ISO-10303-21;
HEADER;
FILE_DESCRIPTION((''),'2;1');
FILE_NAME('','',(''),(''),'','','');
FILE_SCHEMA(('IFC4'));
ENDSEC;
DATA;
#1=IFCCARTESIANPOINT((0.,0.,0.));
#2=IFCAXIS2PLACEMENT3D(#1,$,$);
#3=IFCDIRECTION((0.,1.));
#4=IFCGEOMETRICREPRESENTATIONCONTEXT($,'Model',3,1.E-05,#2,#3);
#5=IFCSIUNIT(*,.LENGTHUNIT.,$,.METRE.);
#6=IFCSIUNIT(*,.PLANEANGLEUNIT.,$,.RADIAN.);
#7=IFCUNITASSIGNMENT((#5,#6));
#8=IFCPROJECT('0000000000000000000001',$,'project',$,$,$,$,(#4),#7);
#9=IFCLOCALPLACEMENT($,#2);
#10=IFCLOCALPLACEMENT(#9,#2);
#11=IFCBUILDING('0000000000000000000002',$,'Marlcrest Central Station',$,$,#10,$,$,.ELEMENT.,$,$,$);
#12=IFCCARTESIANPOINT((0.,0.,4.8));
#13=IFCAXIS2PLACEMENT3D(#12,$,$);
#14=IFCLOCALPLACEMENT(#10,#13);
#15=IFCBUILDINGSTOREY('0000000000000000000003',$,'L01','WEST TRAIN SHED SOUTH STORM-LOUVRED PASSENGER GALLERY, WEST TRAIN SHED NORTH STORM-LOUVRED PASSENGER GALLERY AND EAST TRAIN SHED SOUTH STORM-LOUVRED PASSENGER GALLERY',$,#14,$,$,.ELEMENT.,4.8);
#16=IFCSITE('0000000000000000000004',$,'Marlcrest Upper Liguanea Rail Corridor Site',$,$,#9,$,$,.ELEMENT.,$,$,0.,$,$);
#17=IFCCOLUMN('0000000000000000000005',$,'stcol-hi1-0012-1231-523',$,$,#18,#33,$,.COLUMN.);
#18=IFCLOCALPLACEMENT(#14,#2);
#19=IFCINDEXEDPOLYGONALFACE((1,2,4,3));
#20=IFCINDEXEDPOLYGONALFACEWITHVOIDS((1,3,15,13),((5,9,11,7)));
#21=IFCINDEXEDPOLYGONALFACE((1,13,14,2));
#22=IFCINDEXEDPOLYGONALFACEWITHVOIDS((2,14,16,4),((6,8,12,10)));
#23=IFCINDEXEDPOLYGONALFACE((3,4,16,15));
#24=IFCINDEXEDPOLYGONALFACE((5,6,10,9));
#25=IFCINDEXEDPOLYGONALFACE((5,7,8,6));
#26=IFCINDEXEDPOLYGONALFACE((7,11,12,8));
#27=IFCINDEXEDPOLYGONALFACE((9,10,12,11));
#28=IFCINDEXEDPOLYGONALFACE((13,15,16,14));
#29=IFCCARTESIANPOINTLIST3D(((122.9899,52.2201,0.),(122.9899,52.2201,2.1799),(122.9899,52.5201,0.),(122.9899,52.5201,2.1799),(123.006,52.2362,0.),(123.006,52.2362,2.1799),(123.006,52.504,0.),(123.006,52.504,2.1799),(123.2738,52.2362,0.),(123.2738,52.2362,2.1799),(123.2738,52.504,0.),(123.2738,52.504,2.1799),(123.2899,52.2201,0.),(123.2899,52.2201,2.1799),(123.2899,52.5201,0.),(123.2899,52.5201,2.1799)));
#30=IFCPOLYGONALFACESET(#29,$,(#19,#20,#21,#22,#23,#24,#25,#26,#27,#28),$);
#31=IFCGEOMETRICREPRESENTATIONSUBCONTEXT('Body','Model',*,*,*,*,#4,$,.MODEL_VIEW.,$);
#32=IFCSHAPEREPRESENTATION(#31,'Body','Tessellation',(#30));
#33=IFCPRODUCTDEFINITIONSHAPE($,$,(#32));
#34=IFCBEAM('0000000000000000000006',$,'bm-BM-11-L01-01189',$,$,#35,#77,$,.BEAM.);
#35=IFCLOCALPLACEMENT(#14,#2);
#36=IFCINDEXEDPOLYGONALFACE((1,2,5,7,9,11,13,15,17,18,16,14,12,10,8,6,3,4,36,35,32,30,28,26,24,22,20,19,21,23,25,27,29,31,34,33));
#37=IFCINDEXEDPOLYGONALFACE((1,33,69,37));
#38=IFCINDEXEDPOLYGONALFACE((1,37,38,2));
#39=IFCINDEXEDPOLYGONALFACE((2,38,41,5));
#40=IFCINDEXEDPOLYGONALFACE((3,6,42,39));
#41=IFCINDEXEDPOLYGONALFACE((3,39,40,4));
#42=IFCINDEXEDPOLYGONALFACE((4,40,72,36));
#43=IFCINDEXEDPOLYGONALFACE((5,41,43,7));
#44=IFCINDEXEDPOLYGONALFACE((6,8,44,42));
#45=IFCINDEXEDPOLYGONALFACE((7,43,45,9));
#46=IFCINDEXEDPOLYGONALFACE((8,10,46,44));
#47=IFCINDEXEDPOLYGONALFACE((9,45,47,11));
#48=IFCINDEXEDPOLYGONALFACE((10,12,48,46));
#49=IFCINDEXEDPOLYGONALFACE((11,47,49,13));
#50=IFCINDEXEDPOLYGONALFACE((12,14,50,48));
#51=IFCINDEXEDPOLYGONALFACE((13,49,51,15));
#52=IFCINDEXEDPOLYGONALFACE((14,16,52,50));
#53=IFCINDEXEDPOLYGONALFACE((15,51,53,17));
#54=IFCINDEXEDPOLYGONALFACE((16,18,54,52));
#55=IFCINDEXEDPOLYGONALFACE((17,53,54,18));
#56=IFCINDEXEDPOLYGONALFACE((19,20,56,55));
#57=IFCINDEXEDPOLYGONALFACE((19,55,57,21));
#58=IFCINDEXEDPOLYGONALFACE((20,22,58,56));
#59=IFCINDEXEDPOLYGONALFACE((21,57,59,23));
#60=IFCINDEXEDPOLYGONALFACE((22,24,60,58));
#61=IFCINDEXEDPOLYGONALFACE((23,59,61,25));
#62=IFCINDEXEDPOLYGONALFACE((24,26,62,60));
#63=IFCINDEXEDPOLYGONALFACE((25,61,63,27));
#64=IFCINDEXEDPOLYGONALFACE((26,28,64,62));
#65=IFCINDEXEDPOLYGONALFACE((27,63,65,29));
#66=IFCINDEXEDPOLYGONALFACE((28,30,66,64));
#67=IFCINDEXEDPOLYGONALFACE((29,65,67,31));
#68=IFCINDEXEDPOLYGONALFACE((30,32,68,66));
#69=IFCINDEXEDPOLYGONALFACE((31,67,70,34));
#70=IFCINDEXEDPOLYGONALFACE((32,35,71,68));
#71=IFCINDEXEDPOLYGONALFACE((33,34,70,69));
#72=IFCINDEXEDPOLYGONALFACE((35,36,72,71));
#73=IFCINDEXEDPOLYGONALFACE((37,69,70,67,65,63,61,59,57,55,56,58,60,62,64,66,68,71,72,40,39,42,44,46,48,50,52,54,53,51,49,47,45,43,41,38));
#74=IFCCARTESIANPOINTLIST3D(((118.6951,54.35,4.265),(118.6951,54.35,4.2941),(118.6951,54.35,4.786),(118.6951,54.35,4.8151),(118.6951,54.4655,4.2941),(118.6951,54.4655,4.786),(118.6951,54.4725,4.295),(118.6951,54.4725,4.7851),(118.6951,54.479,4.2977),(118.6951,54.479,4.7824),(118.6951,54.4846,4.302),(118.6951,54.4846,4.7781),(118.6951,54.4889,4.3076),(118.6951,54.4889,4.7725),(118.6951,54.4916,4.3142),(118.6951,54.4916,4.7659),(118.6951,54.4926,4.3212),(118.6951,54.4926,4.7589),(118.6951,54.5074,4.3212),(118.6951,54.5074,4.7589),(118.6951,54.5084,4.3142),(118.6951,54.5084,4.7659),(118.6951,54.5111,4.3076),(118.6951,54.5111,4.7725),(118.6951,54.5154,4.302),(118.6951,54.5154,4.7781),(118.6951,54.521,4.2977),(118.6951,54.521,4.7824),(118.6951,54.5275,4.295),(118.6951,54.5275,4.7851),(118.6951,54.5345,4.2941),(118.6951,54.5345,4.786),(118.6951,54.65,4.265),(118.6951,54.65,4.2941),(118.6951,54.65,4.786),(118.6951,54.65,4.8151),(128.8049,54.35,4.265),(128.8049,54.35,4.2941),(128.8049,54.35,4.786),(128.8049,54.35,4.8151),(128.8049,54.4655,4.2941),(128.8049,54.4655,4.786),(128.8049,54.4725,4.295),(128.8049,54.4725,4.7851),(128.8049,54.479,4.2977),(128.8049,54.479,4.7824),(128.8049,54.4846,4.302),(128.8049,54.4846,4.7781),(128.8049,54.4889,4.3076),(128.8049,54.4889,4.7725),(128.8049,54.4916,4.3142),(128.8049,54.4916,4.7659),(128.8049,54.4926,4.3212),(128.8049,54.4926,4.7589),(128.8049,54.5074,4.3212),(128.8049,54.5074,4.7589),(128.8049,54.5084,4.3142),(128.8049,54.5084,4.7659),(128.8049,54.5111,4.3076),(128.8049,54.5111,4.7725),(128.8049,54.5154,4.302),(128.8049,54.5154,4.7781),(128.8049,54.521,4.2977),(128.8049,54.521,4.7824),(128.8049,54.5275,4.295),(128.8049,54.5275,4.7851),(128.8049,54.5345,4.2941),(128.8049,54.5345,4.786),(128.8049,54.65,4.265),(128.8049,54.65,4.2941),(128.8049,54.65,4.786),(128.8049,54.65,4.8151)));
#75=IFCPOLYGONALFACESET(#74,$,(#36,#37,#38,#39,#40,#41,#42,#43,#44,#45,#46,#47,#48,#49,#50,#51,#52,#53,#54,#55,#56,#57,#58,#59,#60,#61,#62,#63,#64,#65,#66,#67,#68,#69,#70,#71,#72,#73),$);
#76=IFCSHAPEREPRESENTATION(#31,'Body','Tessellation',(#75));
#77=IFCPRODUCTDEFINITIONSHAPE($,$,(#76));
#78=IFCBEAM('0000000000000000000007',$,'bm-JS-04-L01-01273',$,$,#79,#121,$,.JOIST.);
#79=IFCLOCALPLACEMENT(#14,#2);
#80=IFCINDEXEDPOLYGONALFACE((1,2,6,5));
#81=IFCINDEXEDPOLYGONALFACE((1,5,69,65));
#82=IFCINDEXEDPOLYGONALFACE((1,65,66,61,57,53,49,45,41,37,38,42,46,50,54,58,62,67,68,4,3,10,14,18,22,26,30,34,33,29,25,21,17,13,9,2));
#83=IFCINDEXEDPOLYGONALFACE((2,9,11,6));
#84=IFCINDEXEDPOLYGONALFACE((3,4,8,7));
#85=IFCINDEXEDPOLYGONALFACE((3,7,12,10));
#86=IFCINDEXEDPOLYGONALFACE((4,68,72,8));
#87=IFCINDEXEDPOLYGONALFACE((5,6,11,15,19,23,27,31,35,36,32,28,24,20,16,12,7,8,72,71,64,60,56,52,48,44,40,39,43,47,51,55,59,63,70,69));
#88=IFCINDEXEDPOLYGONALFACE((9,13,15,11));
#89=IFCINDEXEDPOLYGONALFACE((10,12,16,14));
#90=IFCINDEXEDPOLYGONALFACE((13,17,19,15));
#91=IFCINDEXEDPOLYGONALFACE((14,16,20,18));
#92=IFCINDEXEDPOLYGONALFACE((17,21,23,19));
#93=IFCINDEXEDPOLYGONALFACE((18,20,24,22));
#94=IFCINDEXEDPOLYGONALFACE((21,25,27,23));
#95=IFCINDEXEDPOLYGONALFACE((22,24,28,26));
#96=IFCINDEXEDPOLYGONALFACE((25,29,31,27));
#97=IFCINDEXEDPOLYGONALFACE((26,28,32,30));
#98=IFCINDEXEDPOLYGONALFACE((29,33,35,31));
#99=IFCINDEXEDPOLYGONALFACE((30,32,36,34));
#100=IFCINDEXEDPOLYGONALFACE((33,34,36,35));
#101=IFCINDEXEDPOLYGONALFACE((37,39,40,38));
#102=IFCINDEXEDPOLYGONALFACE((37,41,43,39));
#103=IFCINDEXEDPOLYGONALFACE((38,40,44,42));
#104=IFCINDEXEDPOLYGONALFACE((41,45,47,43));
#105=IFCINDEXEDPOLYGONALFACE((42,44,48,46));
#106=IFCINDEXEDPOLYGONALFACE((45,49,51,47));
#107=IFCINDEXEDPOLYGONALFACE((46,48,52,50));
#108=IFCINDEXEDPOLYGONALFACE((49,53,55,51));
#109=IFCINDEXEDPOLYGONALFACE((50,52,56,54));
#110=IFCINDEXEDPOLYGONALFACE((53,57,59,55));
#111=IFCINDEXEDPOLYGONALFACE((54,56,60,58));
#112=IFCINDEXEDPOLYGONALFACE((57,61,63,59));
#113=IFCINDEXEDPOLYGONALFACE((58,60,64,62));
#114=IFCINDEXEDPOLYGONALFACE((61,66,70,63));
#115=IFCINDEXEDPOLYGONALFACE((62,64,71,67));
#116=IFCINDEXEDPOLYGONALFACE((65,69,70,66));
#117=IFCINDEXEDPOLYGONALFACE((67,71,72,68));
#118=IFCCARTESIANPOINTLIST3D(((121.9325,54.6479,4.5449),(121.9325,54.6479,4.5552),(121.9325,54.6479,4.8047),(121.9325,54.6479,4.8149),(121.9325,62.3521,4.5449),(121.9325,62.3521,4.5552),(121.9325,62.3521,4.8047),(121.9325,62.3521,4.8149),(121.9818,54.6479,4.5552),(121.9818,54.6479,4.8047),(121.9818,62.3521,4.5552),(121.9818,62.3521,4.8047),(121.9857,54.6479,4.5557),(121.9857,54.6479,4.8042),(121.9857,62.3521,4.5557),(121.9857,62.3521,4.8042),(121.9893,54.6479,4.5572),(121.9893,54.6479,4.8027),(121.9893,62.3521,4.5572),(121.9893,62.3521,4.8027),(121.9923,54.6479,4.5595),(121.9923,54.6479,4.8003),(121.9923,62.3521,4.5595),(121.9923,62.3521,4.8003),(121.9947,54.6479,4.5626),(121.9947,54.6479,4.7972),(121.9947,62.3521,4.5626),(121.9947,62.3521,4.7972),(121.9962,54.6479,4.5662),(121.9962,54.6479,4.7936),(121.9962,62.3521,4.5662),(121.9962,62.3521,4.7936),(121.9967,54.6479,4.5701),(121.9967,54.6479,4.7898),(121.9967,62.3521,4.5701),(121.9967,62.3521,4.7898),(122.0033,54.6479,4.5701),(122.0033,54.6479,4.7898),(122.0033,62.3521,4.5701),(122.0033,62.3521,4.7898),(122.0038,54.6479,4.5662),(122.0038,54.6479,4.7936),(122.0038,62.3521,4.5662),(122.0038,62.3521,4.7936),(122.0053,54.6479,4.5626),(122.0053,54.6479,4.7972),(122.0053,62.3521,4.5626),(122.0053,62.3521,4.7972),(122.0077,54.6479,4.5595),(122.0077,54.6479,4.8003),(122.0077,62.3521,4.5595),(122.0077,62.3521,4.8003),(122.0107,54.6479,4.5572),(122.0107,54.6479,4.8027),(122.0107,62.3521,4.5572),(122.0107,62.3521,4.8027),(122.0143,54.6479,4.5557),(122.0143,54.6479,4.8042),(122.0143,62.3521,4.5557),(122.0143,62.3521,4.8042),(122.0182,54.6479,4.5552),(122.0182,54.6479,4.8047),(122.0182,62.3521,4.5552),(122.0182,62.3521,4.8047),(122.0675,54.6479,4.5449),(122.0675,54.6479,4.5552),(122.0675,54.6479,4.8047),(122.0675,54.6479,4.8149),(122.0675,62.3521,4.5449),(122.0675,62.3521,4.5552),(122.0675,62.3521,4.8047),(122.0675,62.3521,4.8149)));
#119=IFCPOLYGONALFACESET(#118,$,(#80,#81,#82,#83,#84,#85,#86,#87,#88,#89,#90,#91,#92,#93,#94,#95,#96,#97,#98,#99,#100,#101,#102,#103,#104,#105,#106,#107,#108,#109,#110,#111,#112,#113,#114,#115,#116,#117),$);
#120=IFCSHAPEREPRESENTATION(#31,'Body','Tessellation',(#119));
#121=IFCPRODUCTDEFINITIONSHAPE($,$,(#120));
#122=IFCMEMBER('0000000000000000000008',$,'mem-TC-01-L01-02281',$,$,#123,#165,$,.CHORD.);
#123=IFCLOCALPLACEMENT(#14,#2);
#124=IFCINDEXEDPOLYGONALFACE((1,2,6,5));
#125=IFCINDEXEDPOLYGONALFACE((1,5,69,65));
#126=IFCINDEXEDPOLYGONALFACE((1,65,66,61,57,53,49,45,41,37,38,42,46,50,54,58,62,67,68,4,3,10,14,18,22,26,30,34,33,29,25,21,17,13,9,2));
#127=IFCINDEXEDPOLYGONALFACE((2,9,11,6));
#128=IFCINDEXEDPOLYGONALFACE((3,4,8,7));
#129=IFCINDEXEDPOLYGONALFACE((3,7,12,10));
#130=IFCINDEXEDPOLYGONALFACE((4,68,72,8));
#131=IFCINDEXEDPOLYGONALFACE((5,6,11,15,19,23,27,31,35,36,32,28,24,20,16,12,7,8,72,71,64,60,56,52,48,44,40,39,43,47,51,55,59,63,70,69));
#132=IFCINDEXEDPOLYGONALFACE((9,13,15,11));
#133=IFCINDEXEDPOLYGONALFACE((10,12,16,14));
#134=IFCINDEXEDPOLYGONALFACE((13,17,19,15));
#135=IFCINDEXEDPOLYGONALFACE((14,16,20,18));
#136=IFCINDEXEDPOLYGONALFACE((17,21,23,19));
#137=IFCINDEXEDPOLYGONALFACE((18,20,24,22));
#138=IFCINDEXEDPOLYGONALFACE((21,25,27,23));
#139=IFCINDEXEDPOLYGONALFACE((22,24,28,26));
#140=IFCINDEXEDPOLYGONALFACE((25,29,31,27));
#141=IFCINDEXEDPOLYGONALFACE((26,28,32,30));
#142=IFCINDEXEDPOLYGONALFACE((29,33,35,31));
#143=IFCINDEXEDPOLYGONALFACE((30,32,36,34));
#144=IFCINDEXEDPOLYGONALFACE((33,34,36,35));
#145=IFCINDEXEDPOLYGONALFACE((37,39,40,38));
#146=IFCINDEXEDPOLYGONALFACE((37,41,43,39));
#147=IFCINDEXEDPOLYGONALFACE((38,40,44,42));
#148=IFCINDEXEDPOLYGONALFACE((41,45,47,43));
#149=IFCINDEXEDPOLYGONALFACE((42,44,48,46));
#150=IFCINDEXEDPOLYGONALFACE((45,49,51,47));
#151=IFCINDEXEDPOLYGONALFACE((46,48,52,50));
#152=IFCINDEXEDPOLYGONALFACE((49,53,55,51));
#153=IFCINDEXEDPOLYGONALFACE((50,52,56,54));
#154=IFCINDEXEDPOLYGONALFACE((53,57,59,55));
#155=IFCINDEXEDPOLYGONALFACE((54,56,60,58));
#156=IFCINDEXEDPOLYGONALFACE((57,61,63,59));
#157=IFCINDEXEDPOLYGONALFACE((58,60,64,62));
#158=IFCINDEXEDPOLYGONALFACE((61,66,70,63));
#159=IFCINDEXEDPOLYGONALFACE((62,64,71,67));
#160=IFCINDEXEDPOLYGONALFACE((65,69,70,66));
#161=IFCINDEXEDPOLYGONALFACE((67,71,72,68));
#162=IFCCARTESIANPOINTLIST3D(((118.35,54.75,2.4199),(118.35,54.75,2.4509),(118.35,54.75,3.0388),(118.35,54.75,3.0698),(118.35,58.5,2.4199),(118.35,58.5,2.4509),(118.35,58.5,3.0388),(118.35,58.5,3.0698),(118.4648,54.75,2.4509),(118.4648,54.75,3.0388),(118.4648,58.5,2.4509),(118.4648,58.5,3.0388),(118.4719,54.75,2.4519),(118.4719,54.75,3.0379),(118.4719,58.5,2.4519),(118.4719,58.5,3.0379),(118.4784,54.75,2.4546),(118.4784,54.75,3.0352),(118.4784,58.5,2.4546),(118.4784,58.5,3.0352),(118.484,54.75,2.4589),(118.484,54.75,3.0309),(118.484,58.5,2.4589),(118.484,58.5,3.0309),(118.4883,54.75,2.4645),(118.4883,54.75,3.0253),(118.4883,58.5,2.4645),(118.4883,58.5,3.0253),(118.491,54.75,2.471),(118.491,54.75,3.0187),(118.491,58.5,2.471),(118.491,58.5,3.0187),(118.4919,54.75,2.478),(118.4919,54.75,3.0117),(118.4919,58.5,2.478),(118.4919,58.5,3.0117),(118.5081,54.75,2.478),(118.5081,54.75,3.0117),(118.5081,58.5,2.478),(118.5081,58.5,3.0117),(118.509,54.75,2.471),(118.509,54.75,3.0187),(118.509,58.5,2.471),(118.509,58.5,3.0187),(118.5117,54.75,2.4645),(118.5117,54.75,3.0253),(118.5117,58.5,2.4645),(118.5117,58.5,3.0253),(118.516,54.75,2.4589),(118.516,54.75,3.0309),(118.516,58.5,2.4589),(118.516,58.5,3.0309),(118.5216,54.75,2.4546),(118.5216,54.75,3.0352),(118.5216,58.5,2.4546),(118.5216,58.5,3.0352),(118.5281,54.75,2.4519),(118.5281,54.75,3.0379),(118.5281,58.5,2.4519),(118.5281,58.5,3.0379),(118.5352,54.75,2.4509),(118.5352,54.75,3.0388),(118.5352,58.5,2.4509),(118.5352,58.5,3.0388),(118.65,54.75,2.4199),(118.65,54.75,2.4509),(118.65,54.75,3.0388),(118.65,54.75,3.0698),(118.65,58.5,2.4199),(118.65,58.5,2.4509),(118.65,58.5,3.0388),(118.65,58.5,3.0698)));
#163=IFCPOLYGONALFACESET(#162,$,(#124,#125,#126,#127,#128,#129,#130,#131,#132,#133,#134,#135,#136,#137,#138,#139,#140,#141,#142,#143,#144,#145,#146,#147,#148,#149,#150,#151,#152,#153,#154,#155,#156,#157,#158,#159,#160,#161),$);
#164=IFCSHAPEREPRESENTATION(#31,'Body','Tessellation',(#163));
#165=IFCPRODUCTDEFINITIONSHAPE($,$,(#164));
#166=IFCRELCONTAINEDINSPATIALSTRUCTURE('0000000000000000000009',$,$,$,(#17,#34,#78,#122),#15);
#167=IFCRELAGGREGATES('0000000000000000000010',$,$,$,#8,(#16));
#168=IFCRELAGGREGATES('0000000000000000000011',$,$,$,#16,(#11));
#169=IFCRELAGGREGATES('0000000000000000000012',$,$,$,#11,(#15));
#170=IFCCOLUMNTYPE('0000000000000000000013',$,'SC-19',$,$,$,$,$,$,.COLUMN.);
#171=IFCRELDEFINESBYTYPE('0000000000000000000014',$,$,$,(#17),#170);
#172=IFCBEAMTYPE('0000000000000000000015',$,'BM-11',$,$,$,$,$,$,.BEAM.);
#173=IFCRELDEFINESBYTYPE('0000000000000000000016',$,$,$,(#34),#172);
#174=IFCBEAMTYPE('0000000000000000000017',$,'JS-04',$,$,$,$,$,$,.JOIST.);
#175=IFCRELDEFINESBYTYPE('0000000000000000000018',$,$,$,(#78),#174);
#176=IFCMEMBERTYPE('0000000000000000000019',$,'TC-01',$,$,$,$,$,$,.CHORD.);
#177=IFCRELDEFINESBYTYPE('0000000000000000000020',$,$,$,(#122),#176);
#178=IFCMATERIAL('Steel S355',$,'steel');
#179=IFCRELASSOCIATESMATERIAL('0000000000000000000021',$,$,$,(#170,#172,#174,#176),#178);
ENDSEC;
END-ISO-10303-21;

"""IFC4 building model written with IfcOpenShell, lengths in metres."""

from ifc_helpers import new_model, si_unit, direction, frame, origin, origin_2d, place, context, subcontext, project, spatial, hollow_rectangle, i_section, extrude, material, material_profile, profile_set, type_object, element, save


model = new_model("IFC4")

# Units and contexts
model_context = context("Model", 3, precision=1e-05, world=origin(), true_north=direction((0.0, 1.0)))
body_context = subcontext(model_context, "Body", "Model", "MODEL_VIEW")
ifc_project = project(units=[si_unit("LENGTHUNIT", "METRE"), si_unit("PLANEANGLEUNIT", "RADIAN")], contexts=[model_context])

# Site, building, storey
site_placement = place(None, origin())
site = spatial("IfcSite", under=ifc_project, at=site_placement, Name="Marlcrest Upper Liguanea Rail Corridor Site", CompositionType="ELEMENT", RefElevation=0.0)
building_placement = place(site_placement, origin())
building = spatial("IfcBuilding", under=site, at=building_placement, Name="Marlcrest Central Station", CompositionType="ELEMENT")
storey_placement = place(building_placement, frame((0.0, 0.0, 4.8)))
storey = spatial("IfcBuildingStorey", under=building, at=storey_placement, Name="L01", Description="WEST TRAIN SHED SOUTH STORM-LOUVRED PASSENGER GALLERY, WEST TRAIN SHED NORTH STORM-LOUVRED PASSENGER GALLERY AND EAST TRAIN SHED SOUTH STORM-LOUVRED PASSENGER GALLERY", CompositionType="ELEMENT", Elevation=4.8)

# Column
ifc_material_1 = material(Name="Steel S355", Category="steel")
ifc_material_profile_1 = material_profile(ifc_material_1, hollow_rectangle(XDim=0.3, YDim=0.3, WallThickness=0.0161, at=origin_2d()), Name="SHS 300x300x16")
ifc_profile_set_1 = profile_set([ifc_material_profile_1], Name="Steel S355")
column_type = type_object("IfcColumnType", Name="SC-19", PredefinedType="COLUMN", material=ifc_profile_set_1)
column_placement = place(storey_placement, frame((123.1399, 52.3701, 0.0), z_axis=(0.0, 0.0, 1.0), x_axis=(1.0, 0.0, 0.0)))
element("IfcColumn", 1, at=column_placement, inside=storey, type_object=column_type, Name="stcol-hi1-0012-1231-523", PredefinedType="COLUMN", context=body_context, shape_type="SweptSolid", body=[
    extrude(hollow_rectangle(XDim=0.3, YDim=0.3, WallThickness=0.0161, at=origin_2d()), origin(), (0.0, 0.0, 1.0), 2.1799),
])

# Beams
ifc_material_profile_2 = material_profile(ifc_material_1, i_section(OverallWidth=0.3, OverallDepth=0.55, WebThickness=0.0149, FlangeThickness=0.0291, FilletRadius=0.0271, at=origin_2d()), Name="HEB 550")
ifc_profile_set_2 = profile_set([ifc_material_profile_2], Name="Steel S355")
beam_type_1 = type_object("IfcBeamType", Name="BM-11", PredefinedType="BEAM", material=ifc_profile_set_2)
beam_1_placement = place(storey_placement, frame((118.6951, 54.5, 4.54), z_axis=(1.0, 0.0, 0.0), x_axis=(0.0, 1.0, 0.0)))
element("IfcBeam", 2, at=beam_1_placement, inside=storey, type_object=beam_type_1, Name="bm-BM-11-L01-01189", PredefinedType="BEAM", context=body_context, shape_type="SweptSolid", body=[
    extrude(i_section(OverallWidth=0.3, OverallDepth=0.55, WebThickness=0.0149, FlangeThickness=0.0291, FilletRadius=0.0271, at=origin_2d()), origin(), (0.0, 0.0, 1.0), 10.1099),
])
ifc_material_profile_3 = material_profile(ifc_material_1, i_section(OverallWidth=0.135, OverallDepth=0.27, WebThickness=0.0066, FlangeThickness=0.0103, FilletRadius=0.0149, at=origin_2d()), Name="IPE 270")
ifc_profile_set_3 = profile_set([ifc_material_profile_3], Name="Steel S355")
beam_type_2 = type_object("IfcBeamType", Name="JS-04", PredefinedType="JOIST", material=ifc_profile_set_3)
beam_2_placement = place(storey_placement, frame((122.0, 54.6479, 4.6799), z_axis=(0.0, 1.0, 0.0), x_axis=(-1.0, 0.0, 0.0)))
element("IfcBeam", 3, at=beam_2_placement, inside=storey, type_object=beam_type_2, Name="bm-JS-04-L01-01273", PredefinedType="JOIST", context=body_context, shape_type="SweptSolid", body=[
    extrude(i_section(OverallWidth=0.135, OverallDepth=0.27, WebThickness=0.0066, FlangeThickness=0.0103, FilletRadius=0.0149, at=origin_2d()), origin(), (0.0, 0.0, 1.0), 7.7041),
])

# Member
ifc_material_profile_4 = material_profile(ifc_material_1, i_section(OverallWidth=0.3, OverallDepth=0.6499, WebThickness=0.0161, FlangeThickness=0.031, FilletRadius=0.0271, at=origin_2d()), Name="HEB 650")
ifc_profile_set_4 = profile_set([ifc_material_profile_4], Name="Steel S355")
member_type_1 = type_object("IfcMemberType", Name="TC-01", PredefinedType="CHORD", material=ifc_profile_set_4)
for number, where, z_axis, x_axis, name in (
    (4, (118.5, 54.75, 2.7449), (0.0, 1.0, 0.0), (-1.0, 0.0, 0.0), "mem-TC-01-L01-02281"),
):
    element("IfcMember", number, at=place(storey_placement, frame(where, z_axis=z_axis, x_axis=x_axis)), inside=storey, type_object=member_type_1, Name=name, PredefinedType="CHORD", context=body_context, shape_type="SweptSolid", body=[
        extrude(i_section(OverallWidth=0.3, OverallDepth=0.6499, WebThickness=0.0161, FlangeThickness=0.031, FilletRadius=0.0271, at=origin_2d()), origin(), (0.0, 0.0, 1.0), 3.75),
    ])

save(model, "model.ifc")
